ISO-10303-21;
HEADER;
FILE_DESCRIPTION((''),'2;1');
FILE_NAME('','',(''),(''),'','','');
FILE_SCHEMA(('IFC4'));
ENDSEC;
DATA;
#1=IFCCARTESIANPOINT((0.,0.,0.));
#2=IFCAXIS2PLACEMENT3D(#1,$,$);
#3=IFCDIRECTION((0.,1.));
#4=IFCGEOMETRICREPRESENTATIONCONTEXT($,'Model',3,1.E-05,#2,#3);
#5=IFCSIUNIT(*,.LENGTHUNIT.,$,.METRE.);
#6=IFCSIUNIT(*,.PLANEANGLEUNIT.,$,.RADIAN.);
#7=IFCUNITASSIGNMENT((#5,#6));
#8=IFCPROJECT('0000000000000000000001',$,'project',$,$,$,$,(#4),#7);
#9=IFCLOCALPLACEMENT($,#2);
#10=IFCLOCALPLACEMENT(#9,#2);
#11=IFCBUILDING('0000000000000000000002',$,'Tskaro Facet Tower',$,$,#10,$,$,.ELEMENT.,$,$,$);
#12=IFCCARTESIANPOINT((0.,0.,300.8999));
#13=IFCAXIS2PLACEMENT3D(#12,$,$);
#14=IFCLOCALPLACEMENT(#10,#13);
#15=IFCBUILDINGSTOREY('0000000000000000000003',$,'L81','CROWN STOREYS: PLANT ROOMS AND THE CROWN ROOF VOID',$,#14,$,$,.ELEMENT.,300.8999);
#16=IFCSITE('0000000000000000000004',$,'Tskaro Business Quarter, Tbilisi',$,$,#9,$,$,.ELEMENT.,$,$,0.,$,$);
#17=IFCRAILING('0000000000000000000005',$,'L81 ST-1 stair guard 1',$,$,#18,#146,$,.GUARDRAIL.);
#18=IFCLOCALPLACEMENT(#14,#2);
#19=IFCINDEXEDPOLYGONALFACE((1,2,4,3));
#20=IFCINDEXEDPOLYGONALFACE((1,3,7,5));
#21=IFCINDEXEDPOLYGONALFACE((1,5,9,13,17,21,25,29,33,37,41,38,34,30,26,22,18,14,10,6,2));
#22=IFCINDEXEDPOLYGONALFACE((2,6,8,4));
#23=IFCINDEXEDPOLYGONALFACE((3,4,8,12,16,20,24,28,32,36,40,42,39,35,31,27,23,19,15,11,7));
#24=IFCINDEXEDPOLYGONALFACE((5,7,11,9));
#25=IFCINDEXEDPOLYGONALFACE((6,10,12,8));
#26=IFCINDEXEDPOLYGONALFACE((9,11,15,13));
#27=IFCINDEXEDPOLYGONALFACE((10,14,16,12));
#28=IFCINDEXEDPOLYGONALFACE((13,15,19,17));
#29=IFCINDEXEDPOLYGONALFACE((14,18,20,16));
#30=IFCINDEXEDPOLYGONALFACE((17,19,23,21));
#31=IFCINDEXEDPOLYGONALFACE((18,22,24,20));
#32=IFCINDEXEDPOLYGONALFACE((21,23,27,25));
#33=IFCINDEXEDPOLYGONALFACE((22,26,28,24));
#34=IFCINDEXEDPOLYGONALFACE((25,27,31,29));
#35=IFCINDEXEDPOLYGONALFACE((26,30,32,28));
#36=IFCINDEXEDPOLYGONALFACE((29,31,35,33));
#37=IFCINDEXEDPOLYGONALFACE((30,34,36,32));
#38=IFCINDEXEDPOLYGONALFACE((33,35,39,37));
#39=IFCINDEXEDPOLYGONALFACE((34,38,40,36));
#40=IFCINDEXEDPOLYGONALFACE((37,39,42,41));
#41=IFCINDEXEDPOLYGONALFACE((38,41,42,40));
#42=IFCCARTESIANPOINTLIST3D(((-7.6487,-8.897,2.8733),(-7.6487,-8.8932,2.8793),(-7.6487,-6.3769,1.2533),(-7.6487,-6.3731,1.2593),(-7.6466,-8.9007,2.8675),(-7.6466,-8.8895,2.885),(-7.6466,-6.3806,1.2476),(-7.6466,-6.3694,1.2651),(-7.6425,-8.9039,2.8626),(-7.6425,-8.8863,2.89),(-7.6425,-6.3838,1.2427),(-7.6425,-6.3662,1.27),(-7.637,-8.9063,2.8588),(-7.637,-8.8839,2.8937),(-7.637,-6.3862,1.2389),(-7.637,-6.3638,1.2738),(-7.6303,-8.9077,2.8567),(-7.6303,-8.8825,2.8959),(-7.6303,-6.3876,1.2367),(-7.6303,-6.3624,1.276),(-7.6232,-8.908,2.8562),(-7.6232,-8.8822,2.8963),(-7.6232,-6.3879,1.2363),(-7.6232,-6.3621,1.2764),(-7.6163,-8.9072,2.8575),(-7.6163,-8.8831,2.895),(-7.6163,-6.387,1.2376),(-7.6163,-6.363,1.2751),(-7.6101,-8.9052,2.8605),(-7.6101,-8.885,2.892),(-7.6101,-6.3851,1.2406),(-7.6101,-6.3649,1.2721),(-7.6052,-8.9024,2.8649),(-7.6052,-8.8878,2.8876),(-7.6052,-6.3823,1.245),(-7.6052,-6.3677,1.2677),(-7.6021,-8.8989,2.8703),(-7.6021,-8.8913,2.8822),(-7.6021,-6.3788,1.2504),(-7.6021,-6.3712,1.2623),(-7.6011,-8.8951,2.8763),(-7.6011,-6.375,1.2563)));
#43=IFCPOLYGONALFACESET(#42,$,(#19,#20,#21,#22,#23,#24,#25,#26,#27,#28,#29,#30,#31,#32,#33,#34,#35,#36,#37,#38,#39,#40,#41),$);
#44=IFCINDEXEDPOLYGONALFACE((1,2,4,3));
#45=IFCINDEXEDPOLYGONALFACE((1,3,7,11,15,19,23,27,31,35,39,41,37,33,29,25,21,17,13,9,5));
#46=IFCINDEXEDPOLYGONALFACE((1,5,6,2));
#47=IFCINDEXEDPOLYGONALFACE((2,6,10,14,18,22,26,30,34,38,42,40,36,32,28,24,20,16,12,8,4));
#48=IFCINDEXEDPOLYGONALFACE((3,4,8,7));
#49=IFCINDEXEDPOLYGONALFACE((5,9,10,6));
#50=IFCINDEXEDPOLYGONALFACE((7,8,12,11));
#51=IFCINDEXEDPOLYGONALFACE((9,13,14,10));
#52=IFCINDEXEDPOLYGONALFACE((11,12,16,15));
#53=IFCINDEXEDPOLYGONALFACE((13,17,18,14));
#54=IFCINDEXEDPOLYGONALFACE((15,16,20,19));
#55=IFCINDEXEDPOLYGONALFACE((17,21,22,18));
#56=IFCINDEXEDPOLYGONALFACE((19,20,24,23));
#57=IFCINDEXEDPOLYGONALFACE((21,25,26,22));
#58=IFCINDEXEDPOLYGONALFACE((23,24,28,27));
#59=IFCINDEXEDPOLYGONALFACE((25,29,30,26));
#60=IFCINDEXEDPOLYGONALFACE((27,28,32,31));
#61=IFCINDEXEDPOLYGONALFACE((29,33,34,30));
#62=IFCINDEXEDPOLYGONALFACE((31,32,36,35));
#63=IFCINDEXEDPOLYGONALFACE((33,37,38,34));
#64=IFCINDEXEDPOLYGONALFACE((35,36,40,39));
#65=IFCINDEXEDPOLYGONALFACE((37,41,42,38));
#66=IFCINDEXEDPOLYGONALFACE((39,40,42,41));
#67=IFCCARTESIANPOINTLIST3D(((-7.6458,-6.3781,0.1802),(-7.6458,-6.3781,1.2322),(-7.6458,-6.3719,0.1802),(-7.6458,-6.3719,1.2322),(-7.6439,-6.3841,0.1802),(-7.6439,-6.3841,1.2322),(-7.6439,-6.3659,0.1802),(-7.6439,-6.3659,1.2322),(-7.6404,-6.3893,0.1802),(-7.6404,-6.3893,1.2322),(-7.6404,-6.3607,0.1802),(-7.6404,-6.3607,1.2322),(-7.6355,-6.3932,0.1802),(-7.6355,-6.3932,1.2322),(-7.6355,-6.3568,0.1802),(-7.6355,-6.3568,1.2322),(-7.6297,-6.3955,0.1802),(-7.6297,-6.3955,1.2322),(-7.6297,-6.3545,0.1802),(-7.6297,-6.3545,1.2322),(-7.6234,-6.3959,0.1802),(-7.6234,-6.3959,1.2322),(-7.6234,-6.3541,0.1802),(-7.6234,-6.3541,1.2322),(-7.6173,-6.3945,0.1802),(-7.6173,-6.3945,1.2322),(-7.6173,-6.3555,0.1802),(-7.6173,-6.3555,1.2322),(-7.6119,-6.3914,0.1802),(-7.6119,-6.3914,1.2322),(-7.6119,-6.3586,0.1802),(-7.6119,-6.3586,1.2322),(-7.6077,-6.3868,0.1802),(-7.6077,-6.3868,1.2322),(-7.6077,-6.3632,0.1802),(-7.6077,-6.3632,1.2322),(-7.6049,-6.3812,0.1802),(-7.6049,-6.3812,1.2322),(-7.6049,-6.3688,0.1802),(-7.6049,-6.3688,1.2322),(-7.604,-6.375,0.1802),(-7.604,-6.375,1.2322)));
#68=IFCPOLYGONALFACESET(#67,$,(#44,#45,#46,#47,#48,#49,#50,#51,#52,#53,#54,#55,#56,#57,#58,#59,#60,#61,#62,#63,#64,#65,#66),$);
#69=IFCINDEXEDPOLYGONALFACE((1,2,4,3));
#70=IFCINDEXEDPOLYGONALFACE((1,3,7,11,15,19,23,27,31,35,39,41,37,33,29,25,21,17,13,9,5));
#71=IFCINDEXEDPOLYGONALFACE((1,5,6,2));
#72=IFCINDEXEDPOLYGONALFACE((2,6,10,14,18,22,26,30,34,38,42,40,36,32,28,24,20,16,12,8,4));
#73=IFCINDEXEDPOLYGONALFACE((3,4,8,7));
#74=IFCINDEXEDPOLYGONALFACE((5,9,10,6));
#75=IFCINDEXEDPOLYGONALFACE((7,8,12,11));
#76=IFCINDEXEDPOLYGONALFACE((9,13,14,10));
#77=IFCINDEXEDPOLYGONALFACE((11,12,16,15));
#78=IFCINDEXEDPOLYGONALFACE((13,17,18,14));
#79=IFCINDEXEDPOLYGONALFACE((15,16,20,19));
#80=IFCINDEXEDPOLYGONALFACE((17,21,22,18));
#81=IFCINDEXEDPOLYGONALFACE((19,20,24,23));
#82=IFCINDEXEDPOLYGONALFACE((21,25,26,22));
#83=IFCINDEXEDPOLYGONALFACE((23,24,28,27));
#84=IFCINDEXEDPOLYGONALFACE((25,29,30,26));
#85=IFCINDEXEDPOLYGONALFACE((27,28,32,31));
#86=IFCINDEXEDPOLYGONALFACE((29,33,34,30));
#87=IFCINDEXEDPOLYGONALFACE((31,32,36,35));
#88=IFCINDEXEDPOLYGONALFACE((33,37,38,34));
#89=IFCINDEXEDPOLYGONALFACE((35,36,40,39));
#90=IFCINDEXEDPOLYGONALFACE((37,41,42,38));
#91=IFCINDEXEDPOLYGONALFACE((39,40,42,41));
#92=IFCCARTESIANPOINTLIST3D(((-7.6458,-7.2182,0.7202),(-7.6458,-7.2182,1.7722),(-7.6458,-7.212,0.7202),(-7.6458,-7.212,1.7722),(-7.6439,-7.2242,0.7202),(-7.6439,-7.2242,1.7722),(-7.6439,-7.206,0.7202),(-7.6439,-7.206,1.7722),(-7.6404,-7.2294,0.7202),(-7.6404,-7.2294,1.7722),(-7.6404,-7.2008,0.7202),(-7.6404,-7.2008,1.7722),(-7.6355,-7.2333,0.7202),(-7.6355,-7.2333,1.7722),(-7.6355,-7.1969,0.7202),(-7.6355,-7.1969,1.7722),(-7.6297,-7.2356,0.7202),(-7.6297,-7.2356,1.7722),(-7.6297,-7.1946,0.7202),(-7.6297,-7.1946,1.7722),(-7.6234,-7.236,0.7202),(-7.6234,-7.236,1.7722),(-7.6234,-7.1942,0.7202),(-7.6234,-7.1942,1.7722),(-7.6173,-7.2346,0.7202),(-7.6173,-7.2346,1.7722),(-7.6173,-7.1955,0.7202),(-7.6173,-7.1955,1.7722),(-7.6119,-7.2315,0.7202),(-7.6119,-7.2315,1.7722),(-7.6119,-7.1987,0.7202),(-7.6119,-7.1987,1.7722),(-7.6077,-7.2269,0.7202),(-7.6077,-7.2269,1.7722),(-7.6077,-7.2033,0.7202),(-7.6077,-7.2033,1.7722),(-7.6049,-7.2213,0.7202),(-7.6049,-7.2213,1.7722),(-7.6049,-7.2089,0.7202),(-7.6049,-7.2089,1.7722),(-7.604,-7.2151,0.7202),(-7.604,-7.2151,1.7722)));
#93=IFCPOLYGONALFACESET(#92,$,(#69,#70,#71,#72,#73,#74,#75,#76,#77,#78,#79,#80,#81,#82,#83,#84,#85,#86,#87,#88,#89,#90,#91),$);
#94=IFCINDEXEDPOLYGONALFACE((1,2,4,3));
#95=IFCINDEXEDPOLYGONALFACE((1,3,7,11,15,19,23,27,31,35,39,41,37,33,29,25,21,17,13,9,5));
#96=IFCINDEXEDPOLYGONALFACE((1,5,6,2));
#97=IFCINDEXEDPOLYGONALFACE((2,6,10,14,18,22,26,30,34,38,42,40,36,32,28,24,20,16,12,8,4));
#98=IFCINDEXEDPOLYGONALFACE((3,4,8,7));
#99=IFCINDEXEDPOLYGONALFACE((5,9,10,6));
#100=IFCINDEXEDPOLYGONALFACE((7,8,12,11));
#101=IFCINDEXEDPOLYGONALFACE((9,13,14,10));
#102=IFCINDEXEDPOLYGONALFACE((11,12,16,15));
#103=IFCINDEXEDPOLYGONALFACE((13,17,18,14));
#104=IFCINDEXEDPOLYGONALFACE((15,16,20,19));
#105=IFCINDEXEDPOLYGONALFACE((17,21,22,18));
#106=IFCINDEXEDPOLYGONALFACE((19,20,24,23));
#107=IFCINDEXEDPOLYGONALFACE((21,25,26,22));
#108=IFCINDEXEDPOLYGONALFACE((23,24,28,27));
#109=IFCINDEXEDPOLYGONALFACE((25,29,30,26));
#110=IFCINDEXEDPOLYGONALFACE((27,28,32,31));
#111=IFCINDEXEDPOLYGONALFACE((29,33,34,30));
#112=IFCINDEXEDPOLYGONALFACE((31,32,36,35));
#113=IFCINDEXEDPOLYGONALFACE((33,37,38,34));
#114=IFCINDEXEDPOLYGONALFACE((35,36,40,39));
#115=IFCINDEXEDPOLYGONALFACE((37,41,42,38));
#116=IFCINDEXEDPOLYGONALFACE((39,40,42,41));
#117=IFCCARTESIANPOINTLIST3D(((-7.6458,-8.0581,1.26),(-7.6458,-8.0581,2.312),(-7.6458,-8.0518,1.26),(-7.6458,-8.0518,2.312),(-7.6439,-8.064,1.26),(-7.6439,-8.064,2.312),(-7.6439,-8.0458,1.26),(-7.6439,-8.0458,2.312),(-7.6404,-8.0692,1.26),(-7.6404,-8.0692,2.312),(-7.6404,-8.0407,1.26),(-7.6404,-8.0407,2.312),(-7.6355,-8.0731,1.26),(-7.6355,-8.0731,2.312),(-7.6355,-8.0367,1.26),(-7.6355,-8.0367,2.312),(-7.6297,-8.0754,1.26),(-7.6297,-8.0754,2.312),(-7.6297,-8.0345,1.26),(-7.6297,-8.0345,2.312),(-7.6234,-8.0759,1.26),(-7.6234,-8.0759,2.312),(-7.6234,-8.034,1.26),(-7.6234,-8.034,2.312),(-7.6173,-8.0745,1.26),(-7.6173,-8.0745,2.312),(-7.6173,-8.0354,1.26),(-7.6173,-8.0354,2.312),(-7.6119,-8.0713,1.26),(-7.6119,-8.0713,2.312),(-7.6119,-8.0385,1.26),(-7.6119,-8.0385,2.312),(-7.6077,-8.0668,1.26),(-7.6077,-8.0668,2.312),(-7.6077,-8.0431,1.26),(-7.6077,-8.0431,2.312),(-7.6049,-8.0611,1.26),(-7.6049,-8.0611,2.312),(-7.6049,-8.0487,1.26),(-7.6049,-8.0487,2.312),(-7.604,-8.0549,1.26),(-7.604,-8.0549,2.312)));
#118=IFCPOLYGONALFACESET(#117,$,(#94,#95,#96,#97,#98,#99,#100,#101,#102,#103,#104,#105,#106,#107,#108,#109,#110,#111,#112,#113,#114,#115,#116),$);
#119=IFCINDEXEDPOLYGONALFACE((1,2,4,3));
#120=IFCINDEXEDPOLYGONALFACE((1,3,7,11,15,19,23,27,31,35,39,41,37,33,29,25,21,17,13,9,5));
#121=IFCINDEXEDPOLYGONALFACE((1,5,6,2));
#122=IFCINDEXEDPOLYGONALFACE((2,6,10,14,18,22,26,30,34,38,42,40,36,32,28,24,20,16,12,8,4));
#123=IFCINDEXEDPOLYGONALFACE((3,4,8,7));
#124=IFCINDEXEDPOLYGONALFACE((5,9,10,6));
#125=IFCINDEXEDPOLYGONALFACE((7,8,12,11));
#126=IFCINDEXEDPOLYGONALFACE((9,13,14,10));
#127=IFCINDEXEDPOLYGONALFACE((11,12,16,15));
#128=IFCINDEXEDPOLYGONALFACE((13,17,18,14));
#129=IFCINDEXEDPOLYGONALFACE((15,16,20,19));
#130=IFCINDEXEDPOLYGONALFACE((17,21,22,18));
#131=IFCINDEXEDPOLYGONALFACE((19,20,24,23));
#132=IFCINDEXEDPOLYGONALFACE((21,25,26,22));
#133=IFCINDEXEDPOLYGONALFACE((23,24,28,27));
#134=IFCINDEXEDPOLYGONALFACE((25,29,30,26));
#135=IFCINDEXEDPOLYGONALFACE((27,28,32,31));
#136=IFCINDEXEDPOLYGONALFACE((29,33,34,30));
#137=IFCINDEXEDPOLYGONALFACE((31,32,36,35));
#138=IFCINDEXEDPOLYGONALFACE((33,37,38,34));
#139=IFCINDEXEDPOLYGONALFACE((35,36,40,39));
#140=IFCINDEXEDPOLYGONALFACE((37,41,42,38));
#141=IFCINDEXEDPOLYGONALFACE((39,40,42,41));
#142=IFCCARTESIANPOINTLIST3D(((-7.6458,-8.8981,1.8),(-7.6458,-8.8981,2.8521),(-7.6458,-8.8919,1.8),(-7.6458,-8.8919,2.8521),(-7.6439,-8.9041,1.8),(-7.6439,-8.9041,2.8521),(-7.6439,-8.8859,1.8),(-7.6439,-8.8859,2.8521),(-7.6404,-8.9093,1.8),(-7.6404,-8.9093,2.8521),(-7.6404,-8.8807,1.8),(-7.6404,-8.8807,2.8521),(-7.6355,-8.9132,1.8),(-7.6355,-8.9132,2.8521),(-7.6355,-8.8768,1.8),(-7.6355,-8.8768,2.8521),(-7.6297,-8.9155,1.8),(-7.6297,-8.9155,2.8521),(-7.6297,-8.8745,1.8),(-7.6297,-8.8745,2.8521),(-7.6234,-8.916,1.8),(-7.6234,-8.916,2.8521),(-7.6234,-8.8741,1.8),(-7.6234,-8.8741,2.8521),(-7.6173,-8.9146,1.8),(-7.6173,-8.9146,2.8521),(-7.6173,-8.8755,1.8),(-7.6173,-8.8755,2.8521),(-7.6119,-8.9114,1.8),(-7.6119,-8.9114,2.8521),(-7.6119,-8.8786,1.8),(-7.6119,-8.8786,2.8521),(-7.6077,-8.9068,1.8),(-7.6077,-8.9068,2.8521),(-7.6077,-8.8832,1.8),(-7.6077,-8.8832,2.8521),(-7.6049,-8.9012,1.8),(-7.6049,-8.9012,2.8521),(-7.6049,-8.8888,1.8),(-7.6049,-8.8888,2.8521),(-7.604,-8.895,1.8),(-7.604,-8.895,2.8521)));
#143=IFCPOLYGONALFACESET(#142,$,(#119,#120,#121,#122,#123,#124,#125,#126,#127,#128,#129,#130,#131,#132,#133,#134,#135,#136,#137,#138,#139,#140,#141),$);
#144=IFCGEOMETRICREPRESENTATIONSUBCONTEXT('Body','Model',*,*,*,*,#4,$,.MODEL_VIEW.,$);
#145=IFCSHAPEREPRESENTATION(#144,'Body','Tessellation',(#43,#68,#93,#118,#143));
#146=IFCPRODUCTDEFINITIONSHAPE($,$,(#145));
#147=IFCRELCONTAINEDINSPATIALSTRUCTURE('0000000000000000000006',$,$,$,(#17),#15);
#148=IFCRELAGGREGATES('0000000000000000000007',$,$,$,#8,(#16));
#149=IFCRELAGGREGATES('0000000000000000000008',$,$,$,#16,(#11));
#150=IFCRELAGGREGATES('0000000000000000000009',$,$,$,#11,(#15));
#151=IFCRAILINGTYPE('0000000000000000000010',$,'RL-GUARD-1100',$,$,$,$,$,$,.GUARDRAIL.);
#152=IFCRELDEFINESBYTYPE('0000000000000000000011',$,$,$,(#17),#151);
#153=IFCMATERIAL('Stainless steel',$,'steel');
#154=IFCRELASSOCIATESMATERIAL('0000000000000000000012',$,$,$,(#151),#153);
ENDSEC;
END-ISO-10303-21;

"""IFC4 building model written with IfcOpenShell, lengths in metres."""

from ifc_helpers import new_model, si_unit, direction, frame, origin, origin_2d, place, context, subcontext, project, spatial, circle, extrude, material, type_object, element, save


model = new_model("IFC4")

# Units and contexts
model_context = context("Model", 3, precision=1e-05, world=origin(), true_north=direction((0.0, 1.0)))
body_context = subcontext(model_context, "Body", "Model", "MODEL_VIEW")
ifc_project = project(units=[si_unit("LENGTHUNIT", "METRE"), si_unit("PLANEANGLEUNIT", "RADIAN")], contexts=[model_context])

# Site, building, storey
site_placement = place(None, origin())
site = spatial("IfcSite", under=ifc_project, at=site_placement, Name="Tskaro Business Quarter, Tbilisi", CompositionType="ELEMENT", RefElevation=0.0)
building_placement = place(site_placement, origin())
building = spatial("IfcBuilding", under=site, at=building_placement, Name="Tskaro Facet Tower", CompositionType="ELEMENT")
storey_placement = place(building_placement, frame((0.0, 0.0, 300.8999)))
storey = spatial("IfcBuildingStorey", under=building, at=storey_placement, Name="L81", Description="CROWN STOREYS: PLANT ROOMS AND THE CROWN ROOF VOID", CompositionType="ELEMENT", Elevation=300.8999)

# Railing
ifc_material_1 = material(Name="Stainless steel", Category="steel")
railing_type_1 = type_object("IfcRailingType", Name="RL-GUARD-1100", PredefinedType="GUARDRAIL", material=ifc_material_1)
railing_1_placement = place(storey_placement, frame((-7.625, -6.375, 0.1802)))
element("IfcRailing", 1, at=railing_1_placement, inside=storey, type_object=railing_type_1, Name="L81 ST-1 stair guard 1", PredefinedType="GUARDRAIL", context=body_context, shape_type="SweptSolid", body=[
    extrude(circle(Radius=0.0239, at=origin_2d()), frame((0.0, 0.0, 1.0762), z_axis=(0.0, -0.8412, 0.540725), x_axis=(1.0, 0.0, 0.0)), (0.0, 0.0, 1.0), 2.9958),
    extrude(circle(Radius=0.021, at=origin_2d()), origin(), (0.0, 0.0, 1.0), 1.052),
    extrude(circle(Radius=0.021, at=origin_2d()), frame((0.0, -0.8401, 0.54)), (0.0, 0.0, 1.0), 1.052),
    extrude(circle(Radius=0.021, at=origin_2d()), frame((0.0, -1.6799, 1.0798)), (0.0, 0.0, 1.0), 1.052),
    extrude(circle(Radius=0.021, at=origin_2d()), frame((0.0, -2.52, 1.6199)), (0.0, 0.0, 1.0), 1.052),
])

save(model, "model.ifc")
